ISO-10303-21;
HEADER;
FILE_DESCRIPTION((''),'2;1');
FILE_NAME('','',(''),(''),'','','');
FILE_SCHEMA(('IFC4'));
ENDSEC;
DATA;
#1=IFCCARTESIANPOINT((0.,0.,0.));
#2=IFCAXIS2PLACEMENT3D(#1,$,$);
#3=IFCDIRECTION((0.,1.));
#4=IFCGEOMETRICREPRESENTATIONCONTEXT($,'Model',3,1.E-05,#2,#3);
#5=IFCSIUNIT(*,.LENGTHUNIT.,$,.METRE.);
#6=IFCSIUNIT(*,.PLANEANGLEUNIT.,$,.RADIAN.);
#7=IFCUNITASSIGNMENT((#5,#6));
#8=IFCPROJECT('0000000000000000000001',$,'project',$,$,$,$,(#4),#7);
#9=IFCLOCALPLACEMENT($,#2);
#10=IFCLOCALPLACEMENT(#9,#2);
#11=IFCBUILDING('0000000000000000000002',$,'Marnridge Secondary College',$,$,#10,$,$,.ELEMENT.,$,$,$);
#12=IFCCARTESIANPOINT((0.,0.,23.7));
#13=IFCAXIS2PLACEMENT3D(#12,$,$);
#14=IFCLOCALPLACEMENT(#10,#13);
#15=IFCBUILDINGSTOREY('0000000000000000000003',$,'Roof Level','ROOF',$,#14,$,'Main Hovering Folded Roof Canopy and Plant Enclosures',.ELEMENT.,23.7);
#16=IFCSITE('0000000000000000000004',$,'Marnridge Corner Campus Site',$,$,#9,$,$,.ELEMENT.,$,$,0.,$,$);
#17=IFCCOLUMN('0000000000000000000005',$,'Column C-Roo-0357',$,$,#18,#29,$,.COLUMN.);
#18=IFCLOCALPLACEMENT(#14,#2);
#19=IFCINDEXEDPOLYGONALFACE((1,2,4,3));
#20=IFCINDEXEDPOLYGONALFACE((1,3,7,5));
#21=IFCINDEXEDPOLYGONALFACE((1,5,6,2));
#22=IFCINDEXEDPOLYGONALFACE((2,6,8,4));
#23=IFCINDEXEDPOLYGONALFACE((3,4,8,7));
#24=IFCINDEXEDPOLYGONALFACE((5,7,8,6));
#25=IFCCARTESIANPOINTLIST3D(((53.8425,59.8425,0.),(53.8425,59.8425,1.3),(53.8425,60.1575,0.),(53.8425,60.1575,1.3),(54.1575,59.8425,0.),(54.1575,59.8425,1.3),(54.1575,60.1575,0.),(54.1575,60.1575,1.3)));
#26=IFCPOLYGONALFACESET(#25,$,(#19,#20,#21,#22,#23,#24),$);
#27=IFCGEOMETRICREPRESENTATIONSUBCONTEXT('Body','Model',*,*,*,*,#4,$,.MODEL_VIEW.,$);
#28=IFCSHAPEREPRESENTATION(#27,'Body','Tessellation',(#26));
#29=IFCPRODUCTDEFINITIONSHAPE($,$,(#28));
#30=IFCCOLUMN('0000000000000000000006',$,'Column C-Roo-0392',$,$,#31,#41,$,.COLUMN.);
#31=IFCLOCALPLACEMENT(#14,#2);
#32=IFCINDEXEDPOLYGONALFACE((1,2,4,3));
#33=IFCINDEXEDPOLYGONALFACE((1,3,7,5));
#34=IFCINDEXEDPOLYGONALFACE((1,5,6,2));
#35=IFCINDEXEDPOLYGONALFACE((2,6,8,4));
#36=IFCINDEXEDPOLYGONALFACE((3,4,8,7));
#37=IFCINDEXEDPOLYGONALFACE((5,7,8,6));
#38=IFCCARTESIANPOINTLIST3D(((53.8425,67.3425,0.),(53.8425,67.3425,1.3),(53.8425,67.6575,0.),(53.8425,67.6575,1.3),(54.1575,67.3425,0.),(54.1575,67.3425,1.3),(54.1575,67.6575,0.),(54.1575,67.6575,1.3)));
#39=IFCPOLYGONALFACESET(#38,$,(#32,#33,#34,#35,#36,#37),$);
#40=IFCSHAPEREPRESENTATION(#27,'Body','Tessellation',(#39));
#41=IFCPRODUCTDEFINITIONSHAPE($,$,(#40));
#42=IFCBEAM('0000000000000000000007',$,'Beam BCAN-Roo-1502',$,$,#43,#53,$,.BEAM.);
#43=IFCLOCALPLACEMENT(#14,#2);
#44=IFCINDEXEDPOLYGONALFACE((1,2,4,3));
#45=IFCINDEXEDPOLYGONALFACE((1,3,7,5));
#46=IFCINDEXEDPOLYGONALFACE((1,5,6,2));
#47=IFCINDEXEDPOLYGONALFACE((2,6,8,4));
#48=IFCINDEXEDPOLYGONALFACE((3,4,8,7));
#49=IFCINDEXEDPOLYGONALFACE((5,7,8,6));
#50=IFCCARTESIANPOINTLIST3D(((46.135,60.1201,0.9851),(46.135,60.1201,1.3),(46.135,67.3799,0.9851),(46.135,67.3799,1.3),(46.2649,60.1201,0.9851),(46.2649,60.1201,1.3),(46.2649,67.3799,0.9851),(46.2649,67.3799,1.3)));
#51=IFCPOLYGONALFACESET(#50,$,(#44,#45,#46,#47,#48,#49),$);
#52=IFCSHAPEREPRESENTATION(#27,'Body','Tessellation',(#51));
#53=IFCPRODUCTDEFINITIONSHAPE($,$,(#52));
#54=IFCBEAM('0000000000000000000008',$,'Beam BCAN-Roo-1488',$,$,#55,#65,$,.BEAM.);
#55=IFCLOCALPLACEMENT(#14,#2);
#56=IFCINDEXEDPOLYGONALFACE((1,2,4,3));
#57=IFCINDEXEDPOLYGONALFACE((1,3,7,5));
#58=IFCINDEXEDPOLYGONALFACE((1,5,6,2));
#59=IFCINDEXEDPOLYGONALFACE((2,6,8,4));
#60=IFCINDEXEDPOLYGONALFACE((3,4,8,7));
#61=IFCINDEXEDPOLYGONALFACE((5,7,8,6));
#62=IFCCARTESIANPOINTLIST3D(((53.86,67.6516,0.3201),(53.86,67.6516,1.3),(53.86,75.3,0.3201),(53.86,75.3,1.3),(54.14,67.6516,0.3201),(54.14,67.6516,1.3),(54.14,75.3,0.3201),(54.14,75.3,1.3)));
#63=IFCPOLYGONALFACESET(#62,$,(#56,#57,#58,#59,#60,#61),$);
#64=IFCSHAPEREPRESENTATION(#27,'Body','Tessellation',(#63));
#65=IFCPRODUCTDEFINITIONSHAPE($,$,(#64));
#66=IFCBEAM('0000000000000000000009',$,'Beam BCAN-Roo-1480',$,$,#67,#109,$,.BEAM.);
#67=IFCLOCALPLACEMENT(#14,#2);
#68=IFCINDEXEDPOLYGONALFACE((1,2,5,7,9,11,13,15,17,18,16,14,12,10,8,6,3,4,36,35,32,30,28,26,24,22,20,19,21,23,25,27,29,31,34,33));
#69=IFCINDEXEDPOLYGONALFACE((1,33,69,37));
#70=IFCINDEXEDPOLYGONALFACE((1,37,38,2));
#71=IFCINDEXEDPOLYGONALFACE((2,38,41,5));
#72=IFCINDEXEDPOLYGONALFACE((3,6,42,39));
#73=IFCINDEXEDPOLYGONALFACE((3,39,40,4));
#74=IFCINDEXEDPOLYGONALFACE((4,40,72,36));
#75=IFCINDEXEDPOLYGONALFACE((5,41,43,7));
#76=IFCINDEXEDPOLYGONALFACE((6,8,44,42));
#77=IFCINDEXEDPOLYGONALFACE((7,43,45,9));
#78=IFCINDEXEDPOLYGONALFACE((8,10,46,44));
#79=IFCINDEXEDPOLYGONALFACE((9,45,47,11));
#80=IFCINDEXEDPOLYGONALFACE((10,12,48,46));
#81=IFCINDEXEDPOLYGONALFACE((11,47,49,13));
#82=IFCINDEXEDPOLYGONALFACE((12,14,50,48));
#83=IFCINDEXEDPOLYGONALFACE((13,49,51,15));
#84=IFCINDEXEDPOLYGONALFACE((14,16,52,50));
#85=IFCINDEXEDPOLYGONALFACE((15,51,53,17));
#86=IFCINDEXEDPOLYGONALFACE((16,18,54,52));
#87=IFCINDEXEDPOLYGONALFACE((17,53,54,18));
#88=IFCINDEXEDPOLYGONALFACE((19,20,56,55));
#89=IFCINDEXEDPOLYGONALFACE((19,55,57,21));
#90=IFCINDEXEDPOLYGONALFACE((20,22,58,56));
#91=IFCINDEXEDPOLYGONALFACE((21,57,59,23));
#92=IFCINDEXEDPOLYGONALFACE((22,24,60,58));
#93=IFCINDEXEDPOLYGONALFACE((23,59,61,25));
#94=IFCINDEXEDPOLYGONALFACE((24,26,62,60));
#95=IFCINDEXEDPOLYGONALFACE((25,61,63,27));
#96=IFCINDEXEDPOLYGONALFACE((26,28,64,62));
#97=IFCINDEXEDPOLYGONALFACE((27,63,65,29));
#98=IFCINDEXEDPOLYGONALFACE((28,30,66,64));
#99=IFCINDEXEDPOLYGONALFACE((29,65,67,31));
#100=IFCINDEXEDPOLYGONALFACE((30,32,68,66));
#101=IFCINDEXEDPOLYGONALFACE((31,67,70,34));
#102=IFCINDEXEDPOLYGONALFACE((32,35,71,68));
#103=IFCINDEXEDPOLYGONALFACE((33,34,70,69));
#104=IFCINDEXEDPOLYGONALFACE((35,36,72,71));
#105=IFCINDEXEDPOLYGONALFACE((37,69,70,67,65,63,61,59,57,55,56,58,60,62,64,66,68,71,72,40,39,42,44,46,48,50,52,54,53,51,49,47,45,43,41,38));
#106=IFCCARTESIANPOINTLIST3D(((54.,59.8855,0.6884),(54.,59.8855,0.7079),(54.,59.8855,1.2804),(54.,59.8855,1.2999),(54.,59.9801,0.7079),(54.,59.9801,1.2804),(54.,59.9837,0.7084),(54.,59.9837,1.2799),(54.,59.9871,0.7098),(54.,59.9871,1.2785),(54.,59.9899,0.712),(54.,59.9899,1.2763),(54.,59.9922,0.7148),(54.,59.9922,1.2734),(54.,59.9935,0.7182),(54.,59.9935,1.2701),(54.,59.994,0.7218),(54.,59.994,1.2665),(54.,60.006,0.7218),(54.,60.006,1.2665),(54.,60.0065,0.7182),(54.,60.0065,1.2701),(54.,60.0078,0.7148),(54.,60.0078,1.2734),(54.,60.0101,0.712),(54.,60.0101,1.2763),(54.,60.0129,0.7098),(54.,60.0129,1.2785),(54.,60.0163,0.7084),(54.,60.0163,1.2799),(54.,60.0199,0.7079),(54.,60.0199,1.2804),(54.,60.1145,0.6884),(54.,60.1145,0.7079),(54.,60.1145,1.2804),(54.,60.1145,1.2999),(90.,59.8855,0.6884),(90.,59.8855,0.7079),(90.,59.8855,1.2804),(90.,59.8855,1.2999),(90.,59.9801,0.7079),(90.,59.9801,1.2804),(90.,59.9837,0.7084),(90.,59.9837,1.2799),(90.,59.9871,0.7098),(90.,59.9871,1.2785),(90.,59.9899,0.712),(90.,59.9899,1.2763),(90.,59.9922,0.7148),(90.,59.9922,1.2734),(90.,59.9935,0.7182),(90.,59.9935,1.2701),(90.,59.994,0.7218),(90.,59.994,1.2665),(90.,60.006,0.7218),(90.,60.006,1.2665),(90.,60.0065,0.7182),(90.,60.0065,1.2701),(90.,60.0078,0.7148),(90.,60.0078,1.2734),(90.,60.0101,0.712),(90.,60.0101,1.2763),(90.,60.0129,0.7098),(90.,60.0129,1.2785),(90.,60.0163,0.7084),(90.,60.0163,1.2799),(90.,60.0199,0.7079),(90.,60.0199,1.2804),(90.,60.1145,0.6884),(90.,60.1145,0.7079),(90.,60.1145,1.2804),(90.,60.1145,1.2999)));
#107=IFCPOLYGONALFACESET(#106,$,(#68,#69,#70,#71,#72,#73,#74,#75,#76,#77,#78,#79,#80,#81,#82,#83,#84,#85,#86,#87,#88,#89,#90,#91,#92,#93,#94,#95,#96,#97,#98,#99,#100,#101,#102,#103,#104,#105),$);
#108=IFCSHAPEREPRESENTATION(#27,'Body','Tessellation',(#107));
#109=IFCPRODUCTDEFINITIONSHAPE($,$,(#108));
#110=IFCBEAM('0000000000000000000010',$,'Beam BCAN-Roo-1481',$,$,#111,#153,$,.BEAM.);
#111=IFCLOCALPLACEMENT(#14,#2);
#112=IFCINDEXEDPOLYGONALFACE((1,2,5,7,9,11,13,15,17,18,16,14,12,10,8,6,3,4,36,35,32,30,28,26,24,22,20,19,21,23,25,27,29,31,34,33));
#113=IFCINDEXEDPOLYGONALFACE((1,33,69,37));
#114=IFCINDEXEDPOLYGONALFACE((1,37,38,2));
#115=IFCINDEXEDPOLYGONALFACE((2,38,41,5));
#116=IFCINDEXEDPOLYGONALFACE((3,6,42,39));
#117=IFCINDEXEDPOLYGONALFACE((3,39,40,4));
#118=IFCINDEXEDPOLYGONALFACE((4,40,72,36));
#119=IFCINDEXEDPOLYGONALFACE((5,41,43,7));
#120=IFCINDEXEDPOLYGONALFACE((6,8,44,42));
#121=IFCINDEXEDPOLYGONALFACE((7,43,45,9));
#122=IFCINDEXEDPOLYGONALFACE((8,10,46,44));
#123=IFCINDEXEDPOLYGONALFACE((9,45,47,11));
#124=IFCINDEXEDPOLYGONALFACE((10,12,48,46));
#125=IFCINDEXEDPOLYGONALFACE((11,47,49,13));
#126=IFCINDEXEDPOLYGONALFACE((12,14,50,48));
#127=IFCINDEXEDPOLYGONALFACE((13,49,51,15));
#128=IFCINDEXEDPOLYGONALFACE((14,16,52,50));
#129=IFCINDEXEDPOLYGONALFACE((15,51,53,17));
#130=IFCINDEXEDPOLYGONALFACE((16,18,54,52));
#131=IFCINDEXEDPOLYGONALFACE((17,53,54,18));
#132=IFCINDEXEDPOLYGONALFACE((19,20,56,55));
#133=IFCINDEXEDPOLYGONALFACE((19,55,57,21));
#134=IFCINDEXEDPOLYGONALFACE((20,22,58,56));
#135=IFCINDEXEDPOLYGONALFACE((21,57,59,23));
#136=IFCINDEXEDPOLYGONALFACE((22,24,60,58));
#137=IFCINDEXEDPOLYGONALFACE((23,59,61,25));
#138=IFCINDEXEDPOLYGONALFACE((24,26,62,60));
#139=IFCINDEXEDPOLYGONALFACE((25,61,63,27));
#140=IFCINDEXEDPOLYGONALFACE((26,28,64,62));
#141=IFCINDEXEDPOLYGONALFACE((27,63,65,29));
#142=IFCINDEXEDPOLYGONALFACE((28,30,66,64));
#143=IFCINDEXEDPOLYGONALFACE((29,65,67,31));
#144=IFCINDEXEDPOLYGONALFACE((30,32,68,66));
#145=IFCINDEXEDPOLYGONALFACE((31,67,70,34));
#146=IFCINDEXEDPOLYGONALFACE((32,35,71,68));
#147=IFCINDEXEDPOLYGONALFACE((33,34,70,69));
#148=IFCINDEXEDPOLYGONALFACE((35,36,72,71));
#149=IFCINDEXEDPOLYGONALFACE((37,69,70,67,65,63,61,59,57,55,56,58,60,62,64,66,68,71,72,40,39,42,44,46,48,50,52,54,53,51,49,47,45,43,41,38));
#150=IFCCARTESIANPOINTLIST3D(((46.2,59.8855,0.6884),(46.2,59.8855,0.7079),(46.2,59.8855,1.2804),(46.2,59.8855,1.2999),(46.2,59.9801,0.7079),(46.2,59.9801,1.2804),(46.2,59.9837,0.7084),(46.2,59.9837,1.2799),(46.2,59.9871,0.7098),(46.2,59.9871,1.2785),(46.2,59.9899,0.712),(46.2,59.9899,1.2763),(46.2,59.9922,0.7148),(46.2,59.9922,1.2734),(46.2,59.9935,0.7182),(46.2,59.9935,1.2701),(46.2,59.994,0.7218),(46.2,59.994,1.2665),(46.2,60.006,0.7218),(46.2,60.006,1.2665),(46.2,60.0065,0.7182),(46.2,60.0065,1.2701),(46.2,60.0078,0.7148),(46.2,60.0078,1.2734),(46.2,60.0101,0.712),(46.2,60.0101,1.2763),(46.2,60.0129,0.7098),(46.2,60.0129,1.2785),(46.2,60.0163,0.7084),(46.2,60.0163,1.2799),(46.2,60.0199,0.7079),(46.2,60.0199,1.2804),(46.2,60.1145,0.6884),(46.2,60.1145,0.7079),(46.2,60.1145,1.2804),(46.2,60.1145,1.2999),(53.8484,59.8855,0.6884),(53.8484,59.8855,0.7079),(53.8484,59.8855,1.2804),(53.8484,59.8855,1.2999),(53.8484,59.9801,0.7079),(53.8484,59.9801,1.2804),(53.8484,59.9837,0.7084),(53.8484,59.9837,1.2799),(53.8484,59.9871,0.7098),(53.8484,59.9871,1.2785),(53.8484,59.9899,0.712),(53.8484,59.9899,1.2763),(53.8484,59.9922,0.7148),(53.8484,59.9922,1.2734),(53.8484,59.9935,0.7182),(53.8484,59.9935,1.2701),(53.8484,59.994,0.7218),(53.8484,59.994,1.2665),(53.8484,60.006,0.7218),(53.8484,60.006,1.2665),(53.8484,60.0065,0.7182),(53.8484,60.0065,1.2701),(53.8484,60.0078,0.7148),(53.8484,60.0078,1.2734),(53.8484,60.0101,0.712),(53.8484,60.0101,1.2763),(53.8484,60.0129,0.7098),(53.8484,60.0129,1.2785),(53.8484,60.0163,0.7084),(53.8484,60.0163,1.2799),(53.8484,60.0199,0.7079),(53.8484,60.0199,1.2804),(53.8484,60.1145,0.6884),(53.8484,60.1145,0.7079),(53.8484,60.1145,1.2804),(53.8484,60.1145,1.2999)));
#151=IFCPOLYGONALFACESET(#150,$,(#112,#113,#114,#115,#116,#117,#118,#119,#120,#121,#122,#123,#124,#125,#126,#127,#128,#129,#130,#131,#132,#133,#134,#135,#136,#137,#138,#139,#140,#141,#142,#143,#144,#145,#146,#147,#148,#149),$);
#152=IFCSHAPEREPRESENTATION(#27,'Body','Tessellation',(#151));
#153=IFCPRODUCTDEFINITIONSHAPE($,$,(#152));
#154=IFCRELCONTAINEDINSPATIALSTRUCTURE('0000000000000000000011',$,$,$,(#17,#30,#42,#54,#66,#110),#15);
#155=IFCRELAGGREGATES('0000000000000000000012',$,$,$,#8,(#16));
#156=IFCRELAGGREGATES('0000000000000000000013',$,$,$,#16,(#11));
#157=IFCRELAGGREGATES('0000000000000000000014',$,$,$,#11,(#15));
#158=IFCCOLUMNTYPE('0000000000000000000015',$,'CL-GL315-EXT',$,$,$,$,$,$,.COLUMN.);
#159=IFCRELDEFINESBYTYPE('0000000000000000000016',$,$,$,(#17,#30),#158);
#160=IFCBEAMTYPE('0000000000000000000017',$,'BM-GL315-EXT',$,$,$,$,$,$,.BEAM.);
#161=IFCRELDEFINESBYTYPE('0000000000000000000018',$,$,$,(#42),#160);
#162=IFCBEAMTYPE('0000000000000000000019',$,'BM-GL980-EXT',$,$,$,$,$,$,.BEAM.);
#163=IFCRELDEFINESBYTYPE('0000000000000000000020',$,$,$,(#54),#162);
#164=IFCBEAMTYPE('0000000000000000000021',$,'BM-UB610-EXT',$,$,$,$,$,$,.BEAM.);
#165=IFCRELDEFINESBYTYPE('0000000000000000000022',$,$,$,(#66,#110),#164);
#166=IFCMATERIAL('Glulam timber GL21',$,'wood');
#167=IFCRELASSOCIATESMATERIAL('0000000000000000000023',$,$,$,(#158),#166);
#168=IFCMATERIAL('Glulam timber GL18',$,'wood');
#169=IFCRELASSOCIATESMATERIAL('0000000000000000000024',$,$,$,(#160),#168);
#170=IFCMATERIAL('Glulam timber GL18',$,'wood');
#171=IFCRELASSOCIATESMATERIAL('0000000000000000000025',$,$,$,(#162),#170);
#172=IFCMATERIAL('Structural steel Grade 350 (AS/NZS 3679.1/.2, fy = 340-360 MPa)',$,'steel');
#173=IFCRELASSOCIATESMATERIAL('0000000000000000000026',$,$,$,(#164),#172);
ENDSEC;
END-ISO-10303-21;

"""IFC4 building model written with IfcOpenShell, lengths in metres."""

from ifc_helpers import new_model, si_unit, direction, frame, origin, origin_2d, place, context, subcontext, project, spatial, rectangle, i_section, extrude, material, material_profile, profile_set, type_object, element, save


model = new_model("IFC4")

# Units and contexts
model_context = context("Model", 3, precision=1e-05, world=origin(), true_north=direction((0.0, 1.0)))
body_context = subcontext(model_context, "Body", "Model", "MODEL_VIEW")
ifc_project = project(units=[si_unit("LENGTHUNIT", "METRE"), si_unit("PLANEANGLEUNIT", "RADIAN")], contexts=[model_context])

# Site, building, storey
site_placement = place(None, origin())
site = spatial("IfcSite", under=ifc_project, at=site_placement, Name="Marnridge Corner Campus Site", CompositionType="ELEMENT", RefElevation=0.0)
building_placement = place(site_placement, origin())
building = spatial("IfcBuilding", under=site, at=building_placement, Name="Marnridge Secondary College", CompositionType="ELEMENT")
storey_placement = place(building_placement, frame((0.0, 0.0, 23.7)))
storey = spatial("IfcBuildingStorey", under=building, at=storey_placement, Name="Roof Level", Description="ROOF", LongName="Main Hovering Folded Roof Canopy and Plant Enclosures", CompositionType="ELEMENT", Elevation=23.7)

# Columns
ifc_material_1 = material(Name="Glulam timber GL21", Category="wood")
ifc_material_profile_1 = material_profile(ifc_material_1, rectangle(XDim=0.3149, YDim=0.3149, at=origin_2d()), Name="GL21 315x315")
ifc_profile_set_1 = profile_set([ifc_material_profile_1], Name="Glulam timber GL21")
column_type = type_object("IfcColumnType", Name="CL-GL315-EXT", PredefinedType="COLUMN", material=ifc_profile_set_1)
for number, where, z_axis, x_axis, name in (
    (1, (54.0, 60.0, 0.0), (0.0, 0.0, 1.0), (1.0, 0.0, 0.0), "Column C-Roo-0357"),
    (2, (54.0, 67.5, 0.0), (0.0, 0.0, 1.0), (1.0, 0.0, 0.0), "Column C-Roo-0392"),
):
    element("IfcColumn", number, at=place(storey_placement, frame(where, z_axis=z_axis, x_axis=x_axis)), inside=storey, type_object=column_type, Name=name, PredefinedType="COLUMN", context=body_context, shape_type="SweptSolid", body=[
        extrude(rectangle(XDim=0.3149, YDim=0.3149, at=origin_2d()), origin(), (0.0, 0.0, 1.0), 1.3),
    ])

# Beams
ifc_material_2 = material(Name="Glulam timber GL18", Category="wood")
ifc_material_profile_2 = material_profile(ifc_material_2, rectangle(XDim=0.1299, YDim=0.3149, at=origin_2d()), Name="GL18 130x315")
ifc_profile_set_2 = profile_set([ifc_material_profile_2], Name="Glulam timber GL18")
beam_type_1 = type_object("IfcBeamType", Name="BM-GL315-EXT", PredefinedType="BEAM", material=ifc_profile_set_2)
beam_1_placement = place(storey_placement, frame((46.2, 60.1201, 1.1426), z_axis=(0.0, 1.0, 0.0), x_axis=(-1.0, 0.0, 0.0)))
element("IfcBeam", 3, at=beam_1_placement, inside=storey, type_object=beam_type_1, Name="Beam BCAN-Roo-1502", PredefinedType="BEAM", context=body_context, shape_type="SweptSolid", body=[
    extrude(rectangle(XDim=0.1299, YDim=0.3149, at=origin_2d()), origin(), (0.0, 0.0, 1.0), 7.2598),
])
ifc_material_3 = material(Name="Glulam timber GL18", Category="wood")
ifc_material_profile_3 = material_profile(ifc_material_3, rectangle(XDim=0.28, YDim=0.98, at=origin_2d()), Name="GL18 280x980")
ifc_profile_set_3 = profile_set([ifc_material_profile_3], Name="Glulam timber GL18")
beam_type_2 = type_object("IfcBeamType", Name="BM-GL980-EXT", PredefinedType="BEAM", material=ifc_profile_set_3)
beam_2_placement = place(storey_placement, frame((54.0, 67.6516, 0.8101), z_axis=(0.0, 1.0, 0.0), x_axis=(-1.0, 0.0, 0.0)))
element("IfcBeam", 4, at=beam_2_placement, inside=storey, type_object=beam_type_2, Name="Beam BCAN-Roo-1488", PredefinedType="BEAM", context=body_context, shape_type="SweptSolid", body=[
    extrude(rectangle(XDim=0.28, YDim=0.98, at=origin_2d()), origin(), (0.0, 0.0, 1.0), 7.6484),
])
ifc_material_4 = material(Name="Structural steel Grade 350 (AS/NZS 3679.1/.2, fy = 340-360 MPa)", Category="steel")
ifc_material_profile_4 = material_profile(ifc_material_4, i_section(OverallWidth=0.229, OverallDepth=0.6116, WebThickness=0.012, FlangeThickness=0.0195, FilletRadius=0.0139, at=origin_2d()), Name="610UB125")
ifc_profile_set_4 = profile_set([ifc_material_profile_4], Name="Structural steel Grade 350 (AS/NZS 3679.1/.2, fy = 340-360 MPa)")
beam_type_3 = type_object("IfcBeamType", Name="BM-UB610-EXT", PredefinedType="BEAM", material=ifc_profile_set_4)
beam_3_placement = place(storey_placement, frame((54.0, 60.0, 0.9941), z_axis=(1.0, 0.0, 0.0), x_axis=(0.0, 1.0, 0.0)))
element("IfcBeam", 5, at=beam_3_placement, inside=storey, type_object=beam_type_3, Name="Beam BCAN-Roo-1480", PredefinedType="BEAM", context=body_context, shape_type="SweptSolid", body=[
    extrude(i_section(OverallWidth=0.229, OverallDepth=0.6116, WebThickness=0.012, FlangeThickness=0.0195, FilletRadius=0.0139, at=origin_2d()), origin(), (0.0, 0.0, 1.0), 36.0),
])
beam_4_placement = place(storey_placement, frame((53.8484, 60.0, 0.9941), z_axis=(-1.0, 0.0, 0.0), x_axis=(0.0, -1.0, 0.0)))
element("IfcBeam", 6, at=beam_4_placement, inside=storey, type_object=beam_type_3, Name="Beam BCAN-Roo-1481", PredefinedType="BEAM", context=body_context, shape_type="SweptSolid", body=[
    extrude(i_section(OverallWidth=0.229, OverallDepth=0.6116, WebThickness=0.012, FlangeThickness=0.0195, FilletRadius=0.0139, at=origin_2d()), origin(), (0.0, 0.0, 1.0), 7.6484),
])

save(model, "model.ifc")
